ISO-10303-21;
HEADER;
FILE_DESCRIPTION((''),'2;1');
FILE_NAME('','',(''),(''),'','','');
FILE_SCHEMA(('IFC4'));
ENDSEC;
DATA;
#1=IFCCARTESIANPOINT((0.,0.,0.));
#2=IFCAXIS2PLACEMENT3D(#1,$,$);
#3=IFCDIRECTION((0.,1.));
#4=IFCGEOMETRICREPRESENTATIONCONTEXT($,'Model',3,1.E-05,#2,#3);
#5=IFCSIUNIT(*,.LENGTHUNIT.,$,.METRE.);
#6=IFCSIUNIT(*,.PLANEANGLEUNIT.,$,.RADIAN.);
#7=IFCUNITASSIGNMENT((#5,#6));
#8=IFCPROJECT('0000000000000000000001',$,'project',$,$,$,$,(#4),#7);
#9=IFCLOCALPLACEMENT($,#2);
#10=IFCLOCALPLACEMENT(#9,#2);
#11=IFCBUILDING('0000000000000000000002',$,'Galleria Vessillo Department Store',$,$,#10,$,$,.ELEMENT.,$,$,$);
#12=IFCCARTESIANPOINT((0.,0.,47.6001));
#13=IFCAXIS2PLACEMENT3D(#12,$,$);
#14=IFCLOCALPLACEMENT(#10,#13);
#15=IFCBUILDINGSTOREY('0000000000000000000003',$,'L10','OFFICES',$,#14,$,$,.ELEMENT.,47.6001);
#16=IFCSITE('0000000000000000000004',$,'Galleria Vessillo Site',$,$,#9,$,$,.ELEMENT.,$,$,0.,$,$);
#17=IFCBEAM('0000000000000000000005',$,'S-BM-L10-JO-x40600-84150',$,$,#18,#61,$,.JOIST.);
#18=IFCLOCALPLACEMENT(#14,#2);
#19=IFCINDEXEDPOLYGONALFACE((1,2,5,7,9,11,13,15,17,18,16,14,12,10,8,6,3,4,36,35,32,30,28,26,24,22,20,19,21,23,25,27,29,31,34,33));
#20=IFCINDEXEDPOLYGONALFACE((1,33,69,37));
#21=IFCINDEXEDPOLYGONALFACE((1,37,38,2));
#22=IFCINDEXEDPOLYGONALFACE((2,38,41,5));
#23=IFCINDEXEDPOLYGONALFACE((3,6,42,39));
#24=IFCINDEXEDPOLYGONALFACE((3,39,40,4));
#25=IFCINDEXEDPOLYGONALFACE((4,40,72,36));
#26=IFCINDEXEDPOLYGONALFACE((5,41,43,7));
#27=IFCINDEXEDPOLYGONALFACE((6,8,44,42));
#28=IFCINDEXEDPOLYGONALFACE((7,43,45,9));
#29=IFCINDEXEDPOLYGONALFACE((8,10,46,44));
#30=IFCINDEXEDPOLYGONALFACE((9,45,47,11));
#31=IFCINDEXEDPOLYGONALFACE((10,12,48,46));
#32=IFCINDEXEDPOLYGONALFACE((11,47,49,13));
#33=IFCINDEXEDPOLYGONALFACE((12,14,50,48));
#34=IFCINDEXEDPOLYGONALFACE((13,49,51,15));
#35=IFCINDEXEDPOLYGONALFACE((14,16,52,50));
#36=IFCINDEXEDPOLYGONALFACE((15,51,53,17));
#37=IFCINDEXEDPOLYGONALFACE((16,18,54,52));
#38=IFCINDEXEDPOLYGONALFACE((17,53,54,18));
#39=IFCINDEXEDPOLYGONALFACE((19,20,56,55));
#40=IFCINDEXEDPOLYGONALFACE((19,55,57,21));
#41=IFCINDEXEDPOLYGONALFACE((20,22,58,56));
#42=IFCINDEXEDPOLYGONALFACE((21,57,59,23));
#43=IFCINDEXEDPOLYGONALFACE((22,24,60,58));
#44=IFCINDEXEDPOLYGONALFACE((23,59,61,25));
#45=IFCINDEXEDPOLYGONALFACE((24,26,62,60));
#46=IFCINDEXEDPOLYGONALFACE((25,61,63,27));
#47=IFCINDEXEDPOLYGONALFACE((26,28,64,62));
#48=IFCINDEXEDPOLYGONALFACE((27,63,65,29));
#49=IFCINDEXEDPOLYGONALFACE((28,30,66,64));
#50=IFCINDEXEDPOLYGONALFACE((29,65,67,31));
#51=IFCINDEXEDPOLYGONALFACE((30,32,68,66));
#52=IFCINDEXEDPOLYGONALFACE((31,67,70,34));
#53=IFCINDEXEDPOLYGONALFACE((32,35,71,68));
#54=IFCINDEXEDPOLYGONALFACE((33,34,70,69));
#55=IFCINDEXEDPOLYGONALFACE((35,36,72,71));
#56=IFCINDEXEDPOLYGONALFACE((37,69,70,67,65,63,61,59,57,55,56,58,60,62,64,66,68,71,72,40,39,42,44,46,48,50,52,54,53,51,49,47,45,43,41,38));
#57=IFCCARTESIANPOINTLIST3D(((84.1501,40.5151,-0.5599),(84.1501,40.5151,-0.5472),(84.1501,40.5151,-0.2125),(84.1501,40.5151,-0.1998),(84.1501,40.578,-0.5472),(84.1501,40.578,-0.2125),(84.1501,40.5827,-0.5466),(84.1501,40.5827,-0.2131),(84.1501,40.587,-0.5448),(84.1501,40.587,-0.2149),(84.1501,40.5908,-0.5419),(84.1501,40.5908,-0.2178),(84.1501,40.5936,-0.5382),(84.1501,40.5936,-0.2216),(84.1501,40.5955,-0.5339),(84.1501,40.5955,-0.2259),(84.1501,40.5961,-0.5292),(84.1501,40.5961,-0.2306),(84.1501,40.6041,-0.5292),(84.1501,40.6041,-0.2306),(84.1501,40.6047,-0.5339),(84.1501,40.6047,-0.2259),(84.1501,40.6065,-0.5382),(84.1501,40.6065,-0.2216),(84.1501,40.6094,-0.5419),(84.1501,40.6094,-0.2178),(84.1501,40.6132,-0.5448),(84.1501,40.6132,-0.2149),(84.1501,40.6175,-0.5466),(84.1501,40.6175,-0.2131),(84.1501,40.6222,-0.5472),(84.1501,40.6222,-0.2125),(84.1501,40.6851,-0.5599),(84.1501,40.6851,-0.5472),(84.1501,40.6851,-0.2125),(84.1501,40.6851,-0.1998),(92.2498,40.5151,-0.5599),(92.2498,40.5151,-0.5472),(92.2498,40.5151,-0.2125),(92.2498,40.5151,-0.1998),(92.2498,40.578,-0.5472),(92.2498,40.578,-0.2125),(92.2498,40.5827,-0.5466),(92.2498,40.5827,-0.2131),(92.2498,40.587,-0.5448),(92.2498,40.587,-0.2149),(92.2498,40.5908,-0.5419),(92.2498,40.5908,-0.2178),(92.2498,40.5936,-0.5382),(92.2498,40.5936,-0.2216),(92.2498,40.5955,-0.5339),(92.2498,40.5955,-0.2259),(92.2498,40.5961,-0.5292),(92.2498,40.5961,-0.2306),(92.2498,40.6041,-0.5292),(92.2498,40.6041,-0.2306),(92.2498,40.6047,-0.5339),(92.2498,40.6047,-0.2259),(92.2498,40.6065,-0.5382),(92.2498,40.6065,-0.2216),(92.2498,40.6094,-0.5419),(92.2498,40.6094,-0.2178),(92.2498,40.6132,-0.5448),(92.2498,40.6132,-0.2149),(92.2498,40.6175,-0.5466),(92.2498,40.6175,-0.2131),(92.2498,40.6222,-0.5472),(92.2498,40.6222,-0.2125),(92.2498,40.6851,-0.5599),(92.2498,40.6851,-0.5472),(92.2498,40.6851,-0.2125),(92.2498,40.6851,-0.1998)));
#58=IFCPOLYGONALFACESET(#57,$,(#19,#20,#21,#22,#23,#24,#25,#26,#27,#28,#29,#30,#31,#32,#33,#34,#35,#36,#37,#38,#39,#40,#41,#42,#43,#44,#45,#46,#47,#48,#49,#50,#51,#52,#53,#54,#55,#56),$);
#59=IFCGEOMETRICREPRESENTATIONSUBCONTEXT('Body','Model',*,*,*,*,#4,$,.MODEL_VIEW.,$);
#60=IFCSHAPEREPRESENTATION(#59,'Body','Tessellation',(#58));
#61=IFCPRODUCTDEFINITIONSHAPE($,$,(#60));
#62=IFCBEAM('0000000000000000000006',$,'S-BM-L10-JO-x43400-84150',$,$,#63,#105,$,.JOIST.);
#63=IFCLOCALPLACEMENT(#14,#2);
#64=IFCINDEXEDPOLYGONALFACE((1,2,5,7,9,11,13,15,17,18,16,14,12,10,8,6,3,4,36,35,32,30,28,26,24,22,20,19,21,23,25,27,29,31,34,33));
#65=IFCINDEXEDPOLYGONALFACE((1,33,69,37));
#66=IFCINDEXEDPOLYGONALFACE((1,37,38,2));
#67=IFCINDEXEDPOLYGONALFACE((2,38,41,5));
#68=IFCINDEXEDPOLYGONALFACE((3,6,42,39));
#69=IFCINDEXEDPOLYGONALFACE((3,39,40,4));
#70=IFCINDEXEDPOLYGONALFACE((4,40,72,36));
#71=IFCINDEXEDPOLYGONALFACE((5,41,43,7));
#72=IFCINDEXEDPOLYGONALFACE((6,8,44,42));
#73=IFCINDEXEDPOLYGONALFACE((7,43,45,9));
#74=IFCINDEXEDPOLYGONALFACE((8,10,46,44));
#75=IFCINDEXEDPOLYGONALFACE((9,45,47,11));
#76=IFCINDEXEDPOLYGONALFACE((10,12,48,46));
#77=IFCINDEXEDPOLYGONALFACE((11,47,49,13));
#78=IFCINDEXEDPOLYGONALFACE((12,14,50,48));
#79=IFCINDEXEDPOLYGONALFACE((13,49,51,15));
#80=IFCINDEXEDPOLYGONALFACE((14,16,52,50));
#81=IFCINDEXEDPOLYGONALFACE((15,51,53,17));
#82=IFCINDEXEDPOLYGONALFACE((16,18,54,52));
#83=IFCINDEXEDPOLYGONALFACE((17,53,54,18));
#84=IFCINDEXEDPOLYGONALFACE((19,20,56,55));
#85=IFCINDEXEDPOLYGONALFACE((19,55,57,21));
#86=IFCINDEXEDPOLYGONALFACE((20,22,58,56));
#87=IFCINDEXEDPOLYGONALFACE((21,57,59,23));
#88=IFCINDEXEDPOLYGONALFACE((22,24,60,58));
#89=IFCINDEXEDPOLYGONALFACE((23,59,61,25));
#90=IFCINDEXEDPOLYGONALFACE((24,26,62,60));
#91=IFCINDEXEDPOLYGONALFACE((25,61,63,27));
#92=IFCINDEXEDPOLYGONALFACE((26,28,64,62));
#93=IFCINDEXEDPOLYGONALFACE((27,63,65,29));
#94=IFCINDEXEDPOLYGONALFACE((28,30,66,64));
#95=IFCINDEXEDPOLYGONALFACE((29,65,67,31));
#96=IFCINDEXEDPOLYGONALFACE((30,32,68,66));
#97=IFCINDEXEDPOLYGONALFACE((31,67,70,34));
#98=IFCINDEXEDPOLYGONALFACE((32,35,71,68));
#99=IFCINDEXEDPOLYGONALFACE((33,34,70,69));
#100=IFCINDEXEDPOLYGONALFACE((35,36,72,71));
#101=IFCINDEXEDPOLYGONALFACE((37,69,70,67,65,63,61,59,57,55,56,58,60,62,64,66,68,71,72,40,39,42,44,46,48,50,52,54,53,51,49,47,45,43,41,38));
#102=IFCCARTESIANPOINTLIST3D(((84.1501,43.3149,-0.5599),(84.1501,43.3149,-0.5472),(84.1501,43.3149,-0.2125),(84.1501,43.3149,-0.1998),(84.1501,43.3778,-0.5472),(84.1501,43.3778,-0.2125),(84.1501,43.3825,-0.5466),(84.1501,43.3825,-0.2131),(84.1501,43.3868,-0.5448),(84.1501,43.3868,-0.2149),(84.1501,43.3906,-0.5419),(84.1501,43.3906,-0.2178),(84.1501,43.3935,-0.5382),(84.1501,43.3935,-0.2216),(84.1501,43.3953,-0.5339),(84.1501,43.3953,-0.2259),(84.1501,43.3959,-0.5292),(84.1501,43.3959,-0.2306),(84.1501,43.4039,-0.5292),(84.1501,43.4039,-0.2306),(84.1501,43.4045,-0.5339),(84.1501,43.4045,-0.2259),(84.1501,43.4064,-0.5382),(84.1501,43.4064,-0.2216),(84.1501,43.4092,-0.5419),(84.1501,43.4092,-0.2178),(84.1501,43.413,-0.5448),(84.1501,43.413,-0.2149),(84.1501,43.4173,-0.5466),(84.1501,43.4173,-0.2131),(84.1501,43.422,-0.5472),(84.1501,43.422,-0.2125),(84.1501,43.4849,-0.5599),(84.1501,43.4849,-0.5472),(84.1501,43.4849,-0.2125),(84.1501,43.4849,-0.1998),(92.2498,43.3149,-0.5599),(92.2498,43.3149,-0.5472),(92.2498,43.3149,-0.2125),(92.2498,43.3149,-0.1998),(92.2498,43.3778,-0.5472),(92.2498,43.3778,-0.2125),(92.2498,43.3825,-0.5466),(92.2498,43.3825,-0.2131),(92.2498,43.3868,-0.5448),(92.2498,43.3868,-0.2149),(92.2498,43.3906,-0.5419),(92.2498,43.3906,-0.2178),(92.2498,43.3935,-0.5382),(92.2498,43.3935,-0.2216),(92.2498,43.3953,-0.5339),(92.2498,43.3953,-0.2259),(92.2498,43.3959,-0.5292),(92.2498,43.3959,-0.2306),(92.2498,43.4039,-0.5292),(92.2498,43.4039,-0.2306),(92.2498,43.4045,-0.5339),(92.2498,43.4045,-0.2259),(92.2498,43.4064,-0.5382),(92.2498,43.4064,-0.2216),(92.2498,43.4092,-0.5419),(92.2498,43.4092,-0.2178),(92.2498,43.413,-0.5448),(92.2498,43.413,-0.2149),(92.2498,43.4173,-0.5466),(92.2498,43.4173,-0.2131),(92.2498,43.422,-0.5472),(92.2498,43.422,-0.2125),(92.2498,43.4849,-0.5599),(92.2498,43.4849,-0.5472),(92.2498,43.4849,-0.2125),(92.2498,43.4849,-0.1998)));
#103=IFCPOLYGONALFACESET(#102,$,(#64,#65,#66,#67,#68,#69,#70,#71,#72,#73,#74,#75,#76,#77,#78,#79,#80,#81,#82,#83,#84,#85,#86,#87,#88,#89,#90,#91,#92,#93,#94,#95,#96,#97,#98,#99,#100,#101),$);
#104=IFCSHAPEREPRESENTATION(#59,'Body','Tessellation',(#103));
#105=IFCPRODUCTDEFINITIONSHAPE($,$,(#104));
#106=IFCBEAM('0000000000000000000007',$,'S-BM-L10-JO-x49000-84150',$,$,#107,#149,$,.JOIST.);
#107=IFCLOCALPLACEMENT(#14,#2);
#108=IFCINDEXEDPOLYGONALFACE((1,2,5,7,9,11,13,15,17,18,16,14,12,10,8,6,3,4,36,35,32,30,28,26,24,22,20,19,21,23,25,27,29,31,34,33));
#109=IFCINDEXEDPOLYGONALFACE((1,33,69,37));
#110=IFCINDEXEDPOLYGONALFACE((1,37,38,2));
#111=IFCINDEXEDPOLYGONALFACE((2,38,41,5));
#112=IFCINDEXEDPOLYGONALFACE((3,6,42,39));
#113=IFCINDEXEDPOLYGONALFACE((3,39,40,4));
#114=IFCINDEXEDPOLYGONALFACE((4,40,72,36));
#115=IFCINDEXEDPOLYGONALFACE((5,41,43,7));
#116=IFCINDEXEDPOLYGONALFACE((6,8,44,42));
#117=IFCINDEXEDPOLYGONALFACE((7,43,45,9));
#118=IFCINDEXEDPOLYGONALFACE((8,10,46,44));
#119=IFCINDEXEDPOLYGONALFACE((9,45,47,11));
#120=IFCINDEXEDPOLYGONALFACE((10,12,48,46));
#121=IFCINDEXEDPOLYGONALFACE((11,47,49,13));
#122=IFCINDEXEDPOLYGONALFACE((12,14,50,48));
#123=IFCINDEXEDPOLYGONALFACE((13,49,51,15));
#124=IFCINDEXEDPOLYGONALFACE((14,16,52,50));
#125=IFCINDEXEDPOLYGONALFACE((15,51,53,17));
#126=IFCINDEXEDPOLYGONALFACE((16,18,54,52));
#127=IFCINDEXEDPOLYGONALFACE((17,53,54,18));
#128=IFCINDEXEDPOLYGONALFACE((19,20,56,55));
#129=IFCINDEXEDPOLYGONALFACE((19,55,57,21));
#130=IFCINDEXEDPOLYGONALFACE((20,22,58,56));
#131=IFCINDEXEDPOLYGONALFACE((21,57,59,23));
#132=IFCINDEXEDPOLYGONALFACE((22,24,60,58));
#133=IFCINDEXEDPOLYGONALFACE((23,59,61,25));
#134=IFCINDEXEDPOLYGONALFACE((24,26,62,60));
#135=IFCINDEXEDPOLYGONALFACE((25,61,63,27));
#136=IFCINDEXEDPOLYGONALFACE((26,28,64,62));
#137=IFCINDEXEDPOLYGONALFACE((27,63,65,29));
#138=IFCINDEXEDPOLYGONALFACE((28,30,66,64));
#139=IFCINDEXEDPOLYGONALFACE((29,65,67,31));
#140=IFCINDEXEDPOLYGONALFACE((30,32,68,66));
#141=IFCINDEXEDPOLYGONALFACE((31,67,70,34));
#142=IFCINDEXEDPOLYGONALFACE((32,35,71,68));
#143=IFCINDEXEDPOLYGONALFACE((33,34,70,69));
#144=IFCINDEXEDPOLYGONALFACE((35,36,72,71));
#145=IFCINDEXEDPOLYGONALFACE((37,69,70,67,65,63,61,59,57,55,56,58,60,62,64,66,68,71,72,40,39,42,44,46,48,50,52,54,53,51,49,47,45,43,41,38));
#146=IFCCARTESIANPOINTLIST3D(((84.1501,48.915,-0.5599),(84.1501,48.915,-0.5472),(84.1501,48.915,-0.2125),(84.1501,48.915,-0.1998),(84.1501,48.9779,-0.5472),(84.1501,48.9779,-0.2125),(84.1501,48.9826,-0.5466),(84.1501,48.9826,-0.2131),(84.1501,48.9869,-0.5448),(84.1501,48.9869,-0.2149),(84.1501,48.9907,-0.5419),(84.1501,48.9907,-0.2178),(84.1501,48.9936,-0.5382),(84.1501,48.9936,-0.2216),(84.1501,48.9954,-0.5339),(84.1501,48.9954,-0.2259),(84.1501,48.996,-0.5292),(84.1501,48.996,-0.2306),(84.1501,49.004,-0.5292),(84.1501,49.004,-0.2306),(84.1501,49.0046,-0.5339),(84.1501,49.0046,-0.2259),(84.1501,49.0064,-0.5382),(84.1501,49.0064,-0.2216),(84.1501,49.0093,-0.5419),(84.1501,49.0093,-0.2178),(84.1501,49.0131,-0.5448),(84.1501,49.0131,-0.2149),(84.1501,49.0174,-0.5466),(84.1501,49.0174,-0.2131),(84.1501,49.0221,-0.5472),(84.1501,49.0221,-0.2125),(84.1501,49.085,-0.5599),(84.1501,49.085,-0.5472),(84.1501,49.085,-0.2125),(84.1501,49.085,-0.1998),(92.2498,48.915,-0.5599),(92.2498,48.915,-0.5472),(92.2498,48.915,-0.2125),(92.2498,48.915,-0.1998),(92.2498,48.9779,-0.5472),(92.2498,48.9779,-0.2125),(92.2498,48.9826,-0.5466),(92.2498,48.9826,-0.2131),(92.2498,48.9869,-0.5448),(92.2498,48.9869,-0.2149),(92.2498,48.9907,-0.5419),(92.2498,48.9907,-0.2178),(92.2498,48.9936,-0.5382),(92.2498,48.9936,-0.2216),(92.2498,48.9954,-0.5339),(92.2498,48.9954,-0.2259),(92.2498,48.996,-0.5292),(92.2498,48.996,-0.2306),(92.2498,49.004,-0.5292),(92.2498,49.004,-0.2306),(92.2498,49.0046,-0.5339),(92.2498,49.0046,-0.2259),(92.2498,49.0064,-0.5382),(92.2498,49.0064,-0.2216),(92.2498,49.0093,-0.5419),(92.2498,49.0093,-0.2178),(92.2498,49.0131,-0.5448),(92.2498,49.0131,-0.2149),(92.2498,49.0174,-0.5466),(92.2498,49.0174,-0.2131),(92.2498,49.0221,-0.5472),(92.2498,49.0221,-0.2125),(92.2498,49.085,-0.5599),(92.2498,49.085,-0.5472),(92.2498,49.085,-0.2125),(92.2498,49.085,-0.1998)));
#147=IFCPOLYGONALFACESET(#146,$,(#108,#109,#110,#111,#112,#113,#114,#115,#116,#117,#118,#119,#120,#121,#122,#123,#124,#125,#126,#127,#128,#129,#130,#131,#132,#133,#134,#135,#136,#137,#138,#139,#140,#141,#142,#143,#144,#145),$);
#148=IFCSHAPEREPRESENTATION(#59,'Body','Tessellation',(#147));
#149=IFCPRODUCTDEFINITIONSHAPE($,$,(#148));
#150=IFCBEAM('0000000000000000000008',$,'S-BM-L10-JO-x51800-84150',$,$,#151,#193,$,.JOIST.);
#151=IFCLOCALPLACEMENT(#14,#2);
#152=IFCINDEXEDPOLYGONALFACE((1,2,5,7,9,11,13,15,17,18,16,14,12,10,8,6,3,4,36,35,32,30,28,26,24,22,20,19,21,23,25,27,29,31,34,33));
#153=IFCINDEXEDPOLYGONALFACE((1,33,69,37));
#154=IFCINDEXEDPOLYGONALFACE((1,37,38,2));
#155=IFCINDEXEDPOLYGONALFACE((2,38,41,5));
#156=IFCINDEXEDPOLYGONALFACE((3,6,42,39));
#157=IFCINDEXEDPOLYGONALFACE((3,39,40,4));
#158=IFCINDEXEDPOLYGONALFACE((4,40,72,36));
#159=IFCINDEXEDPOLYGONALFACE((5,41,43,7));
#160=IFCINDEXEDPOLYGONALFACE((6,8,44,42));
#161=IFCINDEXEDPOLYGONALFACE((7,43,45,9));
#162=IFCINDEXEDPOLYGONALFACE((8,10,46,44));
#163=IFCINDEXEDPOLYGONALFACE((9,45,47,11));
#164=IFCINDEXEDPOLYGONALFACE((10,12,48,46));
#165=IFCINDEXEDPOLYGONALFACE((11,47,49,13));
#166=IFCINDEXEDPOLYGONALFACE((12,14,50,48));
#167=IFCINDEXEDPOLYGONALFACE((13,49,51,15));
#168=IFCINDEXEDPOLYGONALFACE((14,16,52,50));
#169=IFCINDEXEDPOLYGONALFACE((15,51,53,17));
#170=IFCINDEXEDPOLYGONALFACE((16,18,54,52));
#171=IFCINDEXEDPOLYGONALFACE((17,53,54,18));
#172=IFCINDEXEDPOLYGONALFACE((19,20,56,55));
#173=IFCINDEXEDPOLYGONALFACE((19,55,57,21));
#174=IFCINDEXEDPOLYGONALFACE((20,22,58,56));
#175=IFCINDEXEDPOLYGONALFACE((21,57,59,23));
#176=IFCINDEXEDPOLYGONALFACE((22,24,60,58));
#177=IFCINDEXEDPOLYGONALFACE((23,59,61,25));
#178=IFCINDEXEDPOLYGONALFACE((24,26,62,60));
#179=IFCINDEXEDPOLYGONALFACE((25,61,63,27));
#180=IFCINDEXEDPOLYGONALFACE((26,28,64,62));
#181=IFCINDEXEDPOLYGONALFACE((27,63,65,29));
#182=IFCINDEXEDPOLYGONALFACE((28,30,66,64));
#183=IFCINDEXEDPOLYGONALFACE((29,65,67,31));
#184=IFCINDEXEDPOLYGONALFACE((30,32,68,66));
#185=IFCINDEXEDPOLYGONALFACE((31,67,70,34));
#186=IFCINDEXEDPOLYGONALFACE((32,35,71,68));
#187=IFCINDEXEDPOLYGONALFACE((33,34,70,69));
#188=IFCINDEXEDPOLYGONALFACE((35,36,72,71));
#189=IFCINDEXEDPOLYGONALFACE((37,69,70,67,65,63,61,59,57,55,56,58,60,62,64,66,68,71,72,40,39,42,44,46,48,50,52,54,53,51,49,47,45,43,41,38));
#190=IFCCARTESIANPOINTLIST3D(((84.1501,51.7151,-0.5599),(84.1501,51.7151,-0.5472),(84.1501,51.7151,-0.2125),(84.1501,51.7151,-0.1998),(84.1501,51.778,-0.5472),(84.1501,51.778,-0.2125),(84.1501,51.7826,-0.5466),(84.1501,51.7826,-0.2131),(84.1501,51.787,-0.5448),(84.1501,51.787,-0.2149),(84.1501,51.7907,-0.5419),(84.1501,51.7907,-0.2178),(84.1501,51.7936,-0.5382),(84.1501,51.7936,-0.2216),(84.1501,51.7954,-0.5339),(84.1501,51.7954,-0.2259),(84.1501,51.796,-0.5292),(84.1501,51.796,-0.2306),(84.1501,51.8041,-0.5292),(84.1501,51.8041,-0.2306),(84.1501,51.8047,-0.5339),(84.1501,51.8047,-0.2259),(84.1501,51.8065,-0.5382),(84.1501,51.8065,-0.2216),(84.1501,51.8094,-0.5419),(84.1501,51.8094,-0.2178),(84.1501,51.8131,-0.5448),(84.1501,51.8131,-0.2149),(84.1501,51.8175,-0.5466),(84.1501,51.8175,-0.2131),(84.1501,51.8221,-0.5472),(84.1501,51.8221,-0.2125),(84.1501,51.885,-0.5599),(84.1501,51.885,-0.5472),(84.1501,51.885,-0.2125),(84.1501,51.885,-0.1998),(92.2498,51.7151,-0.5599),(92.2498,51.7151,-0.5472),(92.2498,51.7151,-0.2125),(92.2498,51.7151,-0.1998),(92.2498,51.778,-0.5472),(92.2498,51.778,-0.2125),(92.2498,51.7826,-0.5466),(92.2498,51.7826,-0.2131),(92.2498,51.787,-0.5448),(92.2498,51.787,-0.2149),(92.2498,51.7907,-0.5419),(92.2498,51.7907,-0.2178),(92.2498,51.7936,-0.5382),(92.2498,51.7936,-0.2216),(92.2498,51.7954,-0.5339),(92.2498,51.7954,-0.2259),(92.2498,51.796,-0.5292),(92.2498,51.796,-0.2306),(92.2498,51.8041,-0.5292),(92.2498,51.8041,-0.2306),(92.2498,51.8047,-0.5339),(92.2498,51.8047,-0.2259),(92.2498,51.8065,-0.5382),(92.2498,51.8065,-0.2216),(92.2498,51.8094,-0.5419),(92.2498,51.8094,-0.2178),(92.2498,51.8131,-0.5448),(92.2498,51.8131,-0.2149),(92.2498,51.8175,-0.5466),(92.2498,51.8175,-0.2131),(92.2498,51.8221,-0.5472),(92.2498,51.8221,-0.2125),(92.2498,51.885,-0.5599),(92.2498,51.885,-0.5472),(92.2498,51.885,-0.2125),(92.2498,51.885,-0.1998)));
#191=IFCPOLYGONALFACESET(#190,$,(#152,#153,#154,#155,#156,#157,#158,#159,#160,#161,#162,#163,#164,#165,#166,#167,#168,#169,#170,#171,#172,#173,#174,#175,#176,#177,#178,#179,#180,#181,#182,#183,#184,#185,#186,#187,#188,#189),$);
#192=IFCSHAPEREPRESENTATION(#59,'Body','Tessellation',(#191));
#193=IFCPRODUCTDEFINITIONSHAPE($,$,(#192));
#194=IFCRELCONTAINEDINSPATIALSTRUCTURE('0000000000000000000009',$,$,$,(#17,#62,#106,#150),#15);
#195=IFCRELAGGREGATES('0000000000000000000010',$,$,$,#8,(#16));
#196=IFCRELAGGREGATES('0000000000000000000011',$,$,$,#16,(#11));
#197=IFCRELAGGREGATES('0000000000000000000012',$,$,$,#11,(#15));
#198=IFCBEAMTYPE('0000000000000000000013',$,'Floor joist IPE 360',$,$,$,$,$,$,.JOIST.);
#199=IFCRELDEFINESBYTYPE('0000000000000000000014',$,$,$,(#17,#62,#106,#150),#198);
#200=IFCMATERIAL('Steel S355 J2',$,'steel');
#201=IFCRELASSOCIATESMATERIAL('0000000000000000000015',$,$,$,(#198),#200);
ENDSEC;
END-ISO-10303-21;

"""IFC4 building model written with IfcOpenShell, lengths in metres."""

from ifc_helpers import new_model, si_unit, direction, frame, origin, origin_2d, place, context, subcontext, project, spatial, i_section, extrude, material, material_profile, profile_set, type_object, element, save


model = new_model("IFC4")

# Units and contexts
model_context = context("Model", 3, precision=1e-05, world=origin(), true_north=direction((0.0, 1.0)))
body_context = subcontext(model_context, "Body", "Model", "MODEL_VIEW")
ifc_project = project(units=[si_unit("LENGTHUNIT", "METRE"), si_unit("PLANEANGLEUNIT", "RADIAN")], contexts=[model_context])

# Site, building, storey
site_placement = place(None, origin())
site = spatial("IfcSite", under=ifc_project, at=site_placement, Name="Galleria Vessillo Site", CompositionType="ELEMENT", RefElevation=0.0)
building_placement = place(site_placement, origin())
building = spatial("IfcBuilding", under=site, at=building_placement, Name="Galleria Vessillo Department Store", CompositionType="ELEMENT")
storey_placement = place(building_placement, frame((0.0, 0.0, 47.6001)))
storey = spatial("IfcBuildingStorey", under=building, at=storey_placement, Name="L10", Description="OFFICES", CompositionType="ELEMENT", Elevation=47.6001)

# Beams
ifc_material_1 = material(Name="Steel S355 J2", Category="steel")
ifc_material_profile_1 = material_profile(ifc_material_1, i_section(OverallWidth=0.1699, OverallDepth=0.3601, WebThickness=0.0081, FlangeThickness=0.0127, FilletRadius=0.0181, at=origin_2d()), Name="IPE 360")
ifc_profile_set_1 = profile_set([ifc_material_profile_1], Name="Steel S355 J2")
beam_type_1 = type_object("IfcBeamType", Name="Floor joist IPE 360", PredefinedType="JOIST", material=ifc_profile_set_1)
for number, where, z_axis, x_axis, name in (
    (1, (84.1501, 40.6001, -0.3799), (1.0, 0.0, 0.0), (0.0, 1.0, 0.0), "S-BM-L10-JO-x40600-84150"),
    (2, (84.1501, 43.3999, -0.3799), (1.0, 0.0, 0.0), (0.0, 1.0, 0.0), "S-BM-L10-JO-x43400-84150"),
    (3, (84.1501, 49.0, -0.3799), (1.0, 0.0, 0.0), (0.0, 1.0, 0.0), "S-BM-L10-JO-x49000-84150"),
    (4, (84.1501, 51.8, -0.3799), (1.0, 0.0, 0.0), (0.0, 1.0, 0.0), "S-BM-L10-JO-x51800-84150"),
):
    element("IfcBeam", number, at=place(storey_placement, frame(where, z_axis=z_axis, x_axis=x_axis)), inside=storey, type_object=beam_type_1, Name=name, PredefinedType="JOIST", context=body_context, shape_type="SweptSolid", body=[
        extrude(i_section(OverallWidth=0.1699, OverallDepth=0.3601, WebThickness=0.0081, FlangeThickness=0.0127, FilletRadius=0.0181, at=origin_2d()), origin(), (0.0, 0.0, 1.0), 8.0996),
    ])

save(model, "model.ifc")
